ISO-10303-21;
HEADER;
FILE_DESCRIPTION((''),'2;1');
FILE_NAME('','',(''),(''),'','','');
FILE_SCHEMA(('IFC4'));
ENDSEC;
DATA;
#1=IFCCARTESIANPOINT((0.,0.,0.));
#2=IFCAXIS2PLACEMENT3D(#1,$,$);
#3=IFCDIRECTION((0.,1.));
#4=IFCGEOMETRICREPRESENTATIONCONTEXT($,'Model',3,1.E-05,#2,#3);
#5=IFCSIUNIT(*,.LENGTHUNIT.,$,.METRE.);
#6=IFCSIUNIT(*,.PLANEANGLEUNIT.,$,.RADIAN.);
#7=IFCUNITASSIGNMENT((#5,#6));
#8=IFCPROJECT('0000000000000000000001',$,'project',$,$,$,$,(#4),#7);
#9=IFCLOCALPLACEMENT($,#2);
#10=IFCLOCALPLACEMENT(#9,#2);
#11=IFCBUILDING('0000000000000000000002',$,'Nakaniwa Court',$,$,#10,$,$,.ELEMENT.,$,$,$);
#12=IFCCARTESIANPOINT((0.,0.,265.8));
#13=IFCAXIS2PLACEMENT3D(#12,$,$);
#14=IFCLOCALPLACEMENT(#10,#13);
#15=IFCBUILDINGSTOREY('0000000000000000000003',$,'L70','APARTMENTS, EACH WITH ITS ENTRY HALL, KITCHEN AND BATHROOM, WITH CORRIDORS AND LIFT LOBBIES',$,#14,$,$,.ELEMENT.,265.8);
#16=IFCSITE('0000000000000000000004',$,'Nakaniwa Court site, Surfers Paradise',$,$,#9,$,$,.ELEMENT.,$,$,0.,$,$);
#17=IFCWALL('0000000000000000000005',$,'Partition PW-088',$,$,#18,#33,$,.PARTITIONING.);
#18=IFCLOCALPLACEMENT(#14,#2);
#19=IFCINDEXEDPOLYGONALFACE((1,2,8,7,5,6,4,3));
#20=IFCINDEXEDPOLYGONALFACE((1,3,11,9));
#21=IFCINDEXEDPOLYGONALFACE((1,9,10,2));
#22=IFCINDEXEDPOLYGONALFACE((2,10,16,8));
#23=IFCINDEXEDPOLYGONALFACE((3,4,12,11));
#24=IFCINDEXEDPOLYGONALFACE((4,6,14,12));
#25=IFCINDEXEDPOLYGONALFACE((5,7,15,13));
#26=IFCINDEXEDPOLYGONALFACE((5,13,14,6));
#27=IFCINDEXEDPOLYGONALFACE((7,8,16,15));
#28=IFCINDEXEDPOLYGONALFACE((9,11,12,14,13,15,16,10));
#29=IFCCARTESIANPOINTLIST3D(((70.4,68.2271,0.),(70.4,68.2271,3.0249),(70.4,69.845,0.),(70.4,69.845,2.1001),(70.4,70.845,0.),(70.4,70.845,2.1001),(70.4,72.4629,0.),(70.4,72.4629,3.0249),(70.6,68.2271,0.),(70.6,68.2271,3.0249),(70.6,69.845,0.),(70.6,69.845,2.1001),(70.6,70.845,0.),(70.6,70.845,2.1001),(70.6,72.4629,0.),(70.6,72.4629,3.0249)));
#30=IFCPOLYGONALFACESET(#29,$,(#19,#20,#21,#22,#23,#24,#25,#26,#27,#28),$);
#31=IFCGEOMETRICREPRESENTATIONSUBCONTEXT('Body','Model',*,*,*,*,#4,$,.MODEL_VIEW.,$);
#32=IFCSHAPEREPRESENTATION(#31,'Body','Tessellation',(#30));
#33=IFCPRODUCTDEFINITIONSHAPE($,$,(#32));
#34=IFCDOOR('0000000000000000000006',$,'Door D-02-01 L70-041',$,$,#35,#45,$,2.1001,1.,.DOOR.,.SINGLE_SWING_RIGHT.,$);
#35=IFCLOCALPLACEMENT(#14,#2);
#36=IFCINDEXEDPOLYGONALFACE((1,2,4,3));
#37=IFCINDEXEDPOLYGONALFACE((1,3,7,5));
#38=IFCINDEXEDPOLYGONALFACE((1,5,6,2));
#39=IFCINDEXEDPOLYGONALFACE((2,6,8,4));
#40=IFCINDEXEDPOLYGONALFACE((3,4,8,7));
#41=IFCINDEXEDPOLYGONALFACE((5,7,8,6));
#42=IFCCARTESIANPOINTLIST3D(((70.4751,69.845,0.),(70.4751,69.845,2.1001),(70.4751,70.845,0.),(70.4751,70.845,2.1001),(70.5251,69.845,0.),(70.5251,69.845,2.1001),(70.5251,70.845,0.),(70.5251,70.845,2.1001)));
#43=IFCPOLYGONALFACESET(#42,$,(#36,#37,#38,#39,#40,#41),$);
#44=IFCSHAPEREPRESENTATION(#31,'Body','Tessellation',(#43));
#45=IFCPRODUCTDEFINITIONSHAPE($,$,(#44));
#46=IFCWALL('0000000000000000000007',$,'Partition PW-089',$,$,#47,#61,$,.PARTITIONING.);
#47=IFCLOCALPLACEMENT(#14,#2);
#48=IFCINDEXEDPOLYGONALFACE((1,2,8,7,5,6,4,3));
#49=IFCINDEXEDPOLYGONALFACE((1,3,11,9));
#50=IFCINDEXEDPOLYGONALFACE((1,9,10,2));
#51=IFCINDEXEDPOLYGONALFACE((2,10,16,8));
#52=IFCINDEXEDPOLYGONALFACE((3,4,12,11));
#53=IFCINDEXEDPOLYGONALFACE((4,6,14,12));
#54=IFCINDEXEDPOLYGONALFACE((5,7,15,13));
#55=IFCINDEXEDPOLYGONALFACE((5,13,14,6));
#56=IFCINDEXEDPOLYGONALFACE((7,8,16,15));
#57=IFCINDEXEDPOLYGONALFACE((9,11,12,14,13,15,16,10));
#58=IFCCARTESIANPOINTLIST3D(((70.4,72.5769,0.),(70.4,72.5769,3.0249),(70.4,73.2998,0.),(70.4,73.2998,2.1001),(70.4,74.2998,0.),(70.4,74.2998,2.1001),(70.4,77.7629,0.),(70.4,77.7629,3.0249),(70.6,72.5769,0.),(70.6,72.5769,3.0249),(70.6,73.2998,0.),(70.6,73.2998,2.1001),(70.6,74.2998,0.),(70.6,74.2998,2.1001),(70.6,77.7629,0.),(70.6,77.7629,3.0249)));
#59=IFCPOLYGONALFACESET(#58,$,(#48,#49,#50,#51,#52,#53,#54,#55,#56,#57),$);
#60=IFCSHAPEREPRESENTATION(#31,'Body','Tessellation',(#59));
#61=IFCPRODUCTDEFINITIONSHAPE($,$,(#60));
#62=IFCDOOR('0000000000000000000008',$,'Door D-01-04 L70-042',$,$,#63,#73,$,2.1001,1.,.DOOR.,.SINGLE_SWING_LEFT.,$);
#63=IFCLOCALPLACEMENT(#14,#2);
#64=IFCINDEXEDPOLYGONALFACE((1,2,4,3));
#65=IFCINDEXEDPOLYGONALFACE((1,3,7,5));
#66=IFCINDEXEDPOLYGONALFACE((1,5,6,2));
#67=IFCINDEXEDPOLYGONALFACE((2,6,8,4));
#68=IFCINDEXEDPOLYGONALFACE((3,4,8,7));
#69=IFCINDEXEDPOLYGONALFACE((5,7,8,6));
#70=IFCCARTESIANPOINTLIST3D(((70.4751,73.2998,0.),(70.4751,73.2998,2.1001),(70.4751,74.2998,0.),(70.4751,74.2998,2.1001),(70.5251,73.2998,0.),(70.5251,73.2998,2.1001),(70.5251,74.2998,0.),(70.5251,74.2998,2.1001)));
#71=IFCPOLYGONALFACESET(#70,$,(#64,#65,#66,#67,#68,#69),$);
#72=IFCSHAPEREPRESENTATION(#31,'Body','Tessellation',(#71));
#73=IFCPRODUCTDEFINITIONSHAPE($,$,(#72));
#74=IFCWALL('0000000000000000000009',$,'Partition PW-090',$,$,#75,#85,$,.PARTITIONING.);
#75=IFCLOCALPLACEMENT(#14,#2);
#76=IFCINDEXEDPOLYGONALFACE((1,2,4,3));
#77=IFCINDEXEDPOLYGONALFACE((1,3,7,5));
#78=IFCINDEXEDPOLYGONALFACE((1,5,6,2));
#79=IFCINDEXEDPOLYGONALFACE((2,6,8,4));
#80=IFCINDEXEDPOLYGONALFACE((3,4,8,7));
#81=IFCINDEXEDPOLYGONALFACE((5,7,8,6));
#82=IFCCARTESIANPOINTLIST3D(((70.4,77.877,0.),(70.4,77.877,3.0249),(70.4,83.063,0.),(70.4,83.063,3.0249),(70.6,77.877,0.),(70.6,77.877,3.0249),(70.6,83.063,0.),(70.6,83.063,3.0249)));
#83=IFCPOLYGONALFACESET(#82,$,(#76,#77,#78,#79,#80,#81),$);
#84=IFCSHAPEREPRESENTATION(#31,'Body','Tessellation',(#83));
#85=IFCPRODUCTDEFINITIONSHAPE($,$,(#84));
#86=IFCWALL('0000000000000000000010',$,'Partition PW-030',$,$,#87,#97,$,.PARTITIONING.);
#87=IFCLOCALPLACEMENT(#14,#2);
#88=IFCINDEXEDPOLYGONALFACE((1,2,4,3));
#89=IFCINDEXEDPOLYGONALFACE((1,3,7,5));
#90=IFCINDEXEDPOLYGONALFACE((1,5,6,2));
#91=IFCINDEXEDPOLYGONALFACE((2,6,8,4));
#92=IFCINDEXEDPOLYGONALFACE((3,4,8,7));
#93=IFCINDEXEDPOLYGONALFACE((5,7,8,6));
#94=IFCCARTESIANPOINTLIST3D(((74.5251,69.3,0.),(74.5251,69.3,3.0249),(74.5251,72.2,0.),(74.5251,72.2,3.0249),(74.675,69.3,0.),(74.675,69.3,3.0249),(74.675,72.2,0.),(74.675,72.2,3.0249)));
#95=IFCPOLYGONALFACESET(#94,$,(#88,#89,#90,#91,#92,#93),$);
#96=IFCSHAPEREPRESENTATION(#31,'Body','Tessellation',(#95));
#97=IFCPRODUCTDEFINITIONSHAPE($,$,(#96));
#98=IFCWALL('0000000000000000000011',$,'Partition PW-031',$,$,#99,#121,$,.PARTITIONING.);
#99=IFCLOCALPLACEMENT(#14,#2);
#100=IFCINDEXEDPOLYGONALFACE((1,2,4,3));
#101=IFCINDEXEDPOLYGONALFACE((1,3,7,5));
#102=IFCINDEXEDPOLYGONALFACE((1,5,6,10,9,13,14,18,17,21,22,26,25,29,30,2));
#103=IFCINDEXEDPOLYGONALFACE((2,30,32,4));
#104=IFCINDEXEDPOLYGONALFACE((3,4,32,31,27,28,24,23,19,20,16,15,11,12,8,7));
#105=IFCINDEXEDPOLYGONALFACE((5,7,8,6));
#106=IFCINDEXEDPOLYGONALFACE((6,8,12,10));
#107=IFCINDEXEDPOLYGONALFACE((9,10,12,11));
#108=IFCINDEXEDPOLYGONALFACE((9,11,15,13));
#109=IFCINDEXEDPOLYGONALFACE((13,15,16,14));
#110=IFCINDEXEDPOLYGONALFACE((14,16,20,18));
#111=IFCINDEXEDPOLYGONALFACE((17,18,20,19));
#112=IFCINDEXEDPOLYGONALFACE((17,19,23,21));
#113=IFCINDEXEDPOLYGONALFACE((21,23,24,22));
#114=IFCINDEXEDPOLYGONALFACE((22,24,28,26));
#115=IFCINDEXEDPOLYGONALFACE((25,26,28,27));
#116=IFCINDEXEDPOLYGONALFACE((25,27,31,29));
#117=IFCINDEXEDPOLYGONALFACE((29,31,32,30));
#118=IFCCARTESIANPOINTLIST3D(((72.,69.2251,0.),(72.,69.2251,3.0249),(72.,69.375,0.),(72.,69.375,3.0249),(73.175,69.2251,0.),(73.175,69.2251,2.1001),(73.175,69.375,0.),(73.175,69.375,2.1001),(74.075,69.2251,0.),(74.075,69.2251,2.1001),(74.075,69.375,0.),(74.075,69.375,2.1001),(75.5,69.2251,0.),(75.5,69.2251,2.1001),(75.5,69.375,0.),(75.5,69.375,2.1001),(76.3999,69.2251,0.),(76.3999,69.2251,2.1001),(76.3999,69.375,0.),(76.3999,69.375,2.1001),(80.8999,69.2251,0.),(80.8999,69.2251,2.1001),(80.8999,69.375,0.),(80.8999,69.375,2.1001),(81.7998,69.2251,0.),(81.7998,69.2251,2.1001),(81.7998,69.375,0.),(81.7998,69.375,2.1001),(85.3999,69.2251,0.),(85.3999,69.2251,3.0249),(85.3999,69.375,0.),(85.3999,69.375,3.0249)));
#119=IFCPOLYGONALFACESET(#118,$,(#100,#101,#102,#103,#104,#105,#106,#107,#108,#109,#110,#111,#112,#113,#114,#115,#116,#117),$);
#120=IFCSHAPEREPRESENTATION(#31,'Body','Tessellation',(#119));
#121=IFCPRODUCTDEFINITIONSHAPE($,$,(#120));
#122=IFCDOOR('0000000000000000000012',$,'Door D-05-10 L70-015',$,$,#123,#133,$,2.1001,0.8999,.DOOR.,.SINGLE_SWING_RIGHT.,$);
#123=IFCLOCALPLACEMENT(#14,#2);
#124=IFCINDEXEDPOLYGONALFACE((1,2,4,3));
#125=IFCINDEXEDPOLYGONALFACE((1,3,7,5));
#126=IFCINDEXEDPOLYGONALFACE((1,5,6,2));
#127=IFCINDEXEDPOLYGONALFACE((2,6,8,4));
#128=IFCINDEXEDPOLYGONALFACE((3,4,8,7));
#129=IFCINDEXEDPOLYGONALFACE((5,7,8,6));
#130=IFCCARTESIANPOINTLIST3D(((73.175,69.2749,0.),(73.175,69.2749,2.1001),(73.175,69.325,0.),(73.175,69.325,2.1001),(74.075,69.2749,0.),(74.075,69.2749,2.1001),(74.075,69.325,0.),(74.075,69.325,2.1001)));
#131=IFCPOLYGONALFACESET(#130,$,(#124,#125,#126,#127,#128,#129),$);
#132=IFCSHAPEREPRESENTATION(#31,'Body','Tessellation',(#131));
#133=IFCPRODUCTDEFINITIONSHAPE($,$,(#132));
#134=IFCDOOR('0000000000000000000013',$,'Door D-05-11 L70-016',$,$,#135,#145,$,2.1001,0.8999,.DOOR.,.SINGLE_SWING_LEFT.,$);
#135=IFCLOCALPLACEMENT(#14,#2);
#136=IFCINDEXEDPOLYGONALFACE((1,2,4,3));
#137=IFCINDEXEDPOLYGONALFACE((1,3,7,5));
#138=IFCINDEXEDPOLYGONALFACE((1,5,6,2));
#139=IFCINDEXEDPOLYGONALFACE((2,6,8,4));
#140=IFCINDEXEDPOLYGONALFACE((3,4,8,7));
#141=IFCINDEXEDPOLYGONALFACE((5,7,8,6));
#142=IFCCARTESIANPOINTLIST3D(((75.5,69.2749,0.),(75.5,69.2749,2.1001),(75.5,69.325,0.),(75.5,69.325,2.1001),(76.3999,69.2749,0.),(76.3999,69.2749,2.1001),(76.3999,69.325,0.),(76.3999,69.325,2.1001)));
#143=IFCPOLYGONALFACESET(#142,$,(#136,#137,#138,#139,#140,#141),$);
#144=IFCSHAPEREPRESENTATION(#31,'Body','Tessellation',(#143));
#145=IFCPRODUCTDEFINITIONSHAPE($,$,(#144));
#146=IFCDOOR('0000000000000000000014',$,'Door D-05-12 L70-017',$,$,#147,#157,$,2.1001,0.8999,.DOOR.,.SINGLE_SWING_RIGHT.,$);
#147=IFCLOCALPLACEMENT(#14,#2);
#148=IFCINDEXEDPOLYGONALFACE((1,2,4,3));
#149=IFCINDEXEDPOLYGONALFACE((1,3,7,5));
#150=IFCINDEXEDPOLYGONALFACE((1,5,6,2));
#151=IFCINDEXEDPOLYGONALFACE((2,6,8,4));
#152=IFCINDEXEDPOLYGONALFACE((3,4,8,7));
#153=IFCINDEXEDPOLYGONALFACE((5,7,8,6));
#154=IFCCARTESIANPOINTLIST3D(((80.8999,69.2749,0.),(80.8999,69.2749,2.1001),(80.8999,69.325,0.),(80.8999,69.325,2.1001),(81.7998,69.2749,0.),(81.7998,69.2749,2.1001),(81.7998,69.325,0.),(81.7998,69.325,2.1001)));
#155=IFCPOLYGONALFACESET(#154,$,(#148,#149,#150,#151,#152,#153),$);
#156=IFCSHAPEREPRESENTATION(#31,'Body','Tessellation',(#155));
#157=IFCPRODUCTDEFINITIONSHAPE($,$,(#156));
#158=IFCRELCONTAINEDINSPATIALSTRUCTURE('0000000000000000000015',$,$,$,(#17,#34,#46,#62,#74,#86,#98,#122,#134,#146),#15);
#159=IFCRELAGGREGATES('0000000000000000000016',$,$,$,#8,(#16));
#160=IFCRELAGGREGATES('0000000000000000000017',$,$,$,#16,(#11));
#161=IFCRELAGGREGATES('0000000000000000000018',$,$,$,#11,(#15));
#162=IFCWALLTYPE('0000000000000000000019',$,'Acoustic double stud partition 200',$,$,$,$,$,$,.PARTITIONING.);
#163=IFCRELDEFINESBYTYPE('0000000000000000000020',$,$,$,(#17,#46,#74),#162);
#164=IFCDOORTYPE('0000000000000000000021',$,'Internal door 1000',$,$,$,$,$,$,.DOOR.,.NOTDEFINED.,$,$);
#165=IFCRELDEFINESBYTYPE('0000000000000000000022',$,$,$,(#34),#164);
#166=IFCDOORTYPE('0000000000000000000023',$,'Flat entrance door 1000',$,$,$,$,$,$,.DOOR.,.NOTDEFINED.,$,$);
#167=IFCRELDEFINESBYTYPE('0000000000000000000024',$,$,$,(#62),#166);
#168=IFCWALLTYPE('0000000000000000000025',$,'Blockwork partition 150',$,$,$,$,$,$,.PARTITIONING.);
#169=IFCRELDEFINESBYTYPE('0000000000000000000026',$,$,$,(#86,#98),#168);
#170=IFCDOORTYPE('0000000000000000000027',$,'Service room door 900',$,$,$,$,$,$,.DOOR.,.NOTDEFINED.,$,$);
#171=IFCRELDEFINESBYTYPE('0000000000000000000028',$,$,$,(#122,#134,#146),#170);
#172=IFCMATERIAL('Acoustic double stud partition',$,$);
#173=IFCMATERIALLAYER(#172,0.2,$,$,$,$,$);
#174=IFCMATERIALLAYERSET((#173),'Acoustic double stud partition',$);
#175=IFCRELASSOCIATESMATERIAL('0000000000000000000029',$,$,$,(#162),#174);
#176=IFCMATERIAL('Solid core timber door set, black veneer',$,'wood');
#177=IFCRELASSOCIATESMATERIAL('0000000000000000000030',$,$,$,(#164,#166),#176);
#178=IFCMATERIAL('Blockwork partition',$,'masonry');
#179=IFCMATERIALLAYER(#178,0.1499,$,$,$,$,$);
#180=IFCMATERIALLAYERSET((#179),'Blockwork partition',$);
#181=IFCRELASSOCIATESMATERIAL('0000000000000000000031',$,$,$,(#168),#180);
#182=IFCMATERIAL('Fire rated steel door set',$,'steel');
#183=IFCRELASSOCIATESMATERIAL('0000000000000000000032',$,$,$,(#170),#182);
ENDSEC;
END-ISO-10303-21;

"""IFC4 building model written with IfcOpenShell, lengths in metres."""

from ifc_helpers import new_model, si_unit, direction, frame, frame_2d, origin, place, context, subcontext, project, spatial, rectangle, extrude, material, layer, layer_set, type_object, element, fill, save


model = new_model("IFC4")

# Units and contexts
model_context = context("Model", 3, precision=1e-05, world=origin(), true_north=direction((0.0, 1.0)))
body_context = subcontext(model_context, "Body", "Model", "MODEL_VIEW")
ifc_project = project(units=[si_unit("LENGTHUNIT", "METRE"), si_unit("PLANEANGLEUNIT", "RADIAN")], contexts=[model_context])

# Site, building, storey
site_placement = place(None, origin())
site = spatial("IfcSite", under=ifc_project, at=site_placement, Name="Nakaniwa Court site, Surfers Paradise", CompositionType="ELEMENT", RefElevation=0.0)
building_placement = place(site_placement, origin())
building = spatial("IfcBuilding", under=site, at=building_placement, Name="Nakaniwa Court", CompositionType="ELEMENT")
storey_placement = place(building_placement, frame((0.0, 0.0, 265.8)))
storey = spatial("IfcBuildingStorey", under=building, at=storey_placement, Name="L70", Description="APARTMENTS, EACH WITH ITS ENTRY HALL, KITCHEN AND BATHROOM, WITH CORRIDORS AND LIFT LOBBIES", CompositionType="ELEMENT", Elevation=265.8)

# Shared definitions
ifc_material_1 = material(Name="Acoustic double stud partition")
ifc_layer_1 = layer(ifc_material_1, 0.2)
ifc_layer_set_1 = layer_set([ifc_layer_1], Name="Acoustic double stud partition")
wall_type_1 = type_object("IfcWallType", Name="Acoustic double stud partition 200", PredefinedType="PARTITIONING", material=ifc_layer_set_1)

# Walls, openings, doors
wall_1_placement = place(storey_placement, frame((70.5, 68.2271, 0.0), z_axis=(0.0, 0.0, 1.0), x_axis=(0.0, 1.0, 0.0)))
wall_1 = element("IfcWall", 1, at=wall_1_placement, inside=storey, type_object=wall_type_1, Name="Partition PW-088", PredefinedType="PARTITIONING", context=body_context, shape_type="SweptSolid", body=[
    extrude(rectangle(XDim=4.2358, YDim=0.2, at=frame_2d((2.1179, 0.0))), origin(), (0.0, 0.0, 1.0), 3.0249),
])
opening_1_placement = place(wall_1_placement, frame((1.6179, 0.0, 0.0)))
opening_1 = element("IfcOpeningElement", 2, at=opening_1_placement, cuts=wall_1, PredefinedType="OPENING", context=body_context, shape_type="SweptSolid", body=[
    extrude(rectangle(XDim=1.0, YDim=2.1001, at=frame_2d((0.5, 1.05))), frame((0.0, 0.1099, 0.0), z_axis=(0.0, -1.0, 0.0), x_axis=(1.0, 0.0, 0.0)), (0.0, 0.0, 1.0), 0.22),
])
ifc_material_2 = material(Name="Solid core timber door set, black veneer", Category="wood")
door_type_1 = type_object("IfcDoorType", Name="Internal door 1000", OperationType="NOTDEFINED", PredefinedType="DOOR", material=ifc_material_2)
door_1_placement = place(opening_1_placement, origin())
door_1 = element("IfcDoor", 3, at=door_1_placement, inside=storey, type_object=door_type_1, Name="Door D-02-01 L70-041", OperationType="SINGLE_SWING_RIGHT", OverallHeight=2.1001, OverallWidth=1.0, PredefinedType="DOOR", context=body_context, shape_type="SweptSolid", body=[
    extrude(rectangle(XDim=1.0, YDim=2.1001, at=frame_2d((0.5, 1.05))), frame((0.0, 0.0249, 0.0), z_axis=(0.0, -1.0, 0.0), x_axis=(1.0, 0.0, 0.0)), (0.0, 0.0, 1.0), 0.05),
])
fill(opening_1, door_1)
wall_2_placement = place(storey_placement, frame((70.5, 72.5769, 0.0), z_axis=(0.0, 0.0, 1.0), x_axis=(0.0, 1.0, 0.0)))
wall_2 = element("IfcWall", 4, at=wall_2_placement, inside=storey, type_object=wall_type_1, Name="Partition PW-089", PredefinedType="PARTITIONING", context=body_context, shape_type="SweptSolid", body=[
    extrude(rectangle(XDim=5.186, YDim=0.2, at=frame_2d((2.593, 0.0))), origin(), (0.0, 0.0, 1.0), 3.0249),
])
opening_2_placement = place(wall_2_placement, frame((0.7229, 0.0, 0.0)))
opening_2 = element("IfcOpeningElement", 5, at=opening_2_placement, cuts=wall_2, PredefinedType="OPENING", context=body_context, shape_type="SweptSolid", body=[
    extrude(rectangle(XDim=1.0, YDim=2.1001, at=frame_2d((0.5, 1.05))), frame((0.0, 0.1099, 0.0), z_axis=(0.0, -1.0, 0.0), x_axis=(1.0, 0.0, 0.0)), (0.0, 0.0, 1.0), 0.22),
])
door_type_2 = type_object("IfcDoorType", Name="Flat entrance door 1000", OperationType="NOTDEFINED", PredefinedType="DOOR", material=ifc_material_2)
door_2_placement = place(opening_2_placement, origin())
door_2 = element("IfcDoor", 6, at=door_2_placement, inside=storey, type_object=door_type_2, Name="Door D-01-04 L70-042", OperationType="SINGLE_SWING_LEFT", OverallHeight=2.1001, OverallWidth=1.0, PredefinedType="DOOR", context=body_context, shape_type="SweptSolid", body=[
    extrude(rectangle(XDim=1.0, YDim=2.1001, at=frame_2d((0.5, 1.05))), frame((0.0, 0.0249, 0.0), z_axis=(0.0, -1.0, 0.0), x_axis=(1.0, 0.0, 0.0)), (0.0, 0.0, 1.0), 0.05),
])
fill(opening_2, door_2)

# Walls
wall_3_placement = place(storey_placement, frame((70.5, 77.877, 0.0), z_axis=(0.0, 0.0, 1.0), x_axis=(0.0, 1.0, 0.0)))
element("IfcWall", 7, at=wall_3_placement, inside=storey, type_object=wall_type_1, Name="Partition PW-090", PredefinedType="PARTITIONING", context=body_context, shape_type="SweptSolid", body=[
    extrude(rectangle(XDim=5.186, YDim=0.2, at=frame_2d((2.593, 0.0))), origin(), (0.0, 0.0, 1.0), 3.0249),
])
ifc_material_3 = material(Name="Blockwork partition", Category="masonry")
ifc_layer_2 = layer(ifc_material_3, 0.1499)
ifc_layer_set_2 = layer_set([ifc_layer_2], Name="Blockwork partition")
wall_type_2 = type_object("IfcWallType", Name="Blockwork partition 150", PredefinedType="PARTITIONING", material=ifc_layer_set_2)
wall_4_placement = place(storey_placement, frame((74.6001, 69.3, 0.0), z_axis=(0.0, 0.0, 1.0), x_axis=(0.0, 1.0, 0.0)))
element("IfcWall", 8, at=wall_4_placement, inside=storey, type_object=wall_type_2, Name="Partition PW-030", PredefinedType="PARTITIONING", context=body_context, shape_type="SweptSolid", body=[
    extrude(rectangle(XDim=2.8999, YDim=0.1499, at=frame_2d((1.45, 0.0))), origin(), (0.0, 0.0, 1.0), 3.0249),
])

# Wall, openings, doors
wall_5_placement = place(storey_placement, frame((72.0, 69.3, 0.0), z_axis=(0.0, 0.0, 1.0), x_axis=(1.0, 0.0, 0.0)))
wall_5 = element("IfcWall", 9, at=wall_5_placement, inside=storey, type_object=wall_type_2, Name="Partition PW-031", PredefinedType="PARTITIONING", context=body_context, shape_type="SweptSolid", body=[
    extrude(rectangle(XDim=13.3999, YDim=0.1499, at=frame_2d((6.7, 0.0))), origin(), (0.0, 0.0, 1.0), 3.0249),
])
opening_3_placement = place(wall_5_placement, frame((1.175, 0.0, 0.0)))
opening_3 = element("IfcOpeningElement", 10, at=opening_3_placement, cuts=wall_5, PredefinedType="OPENING", context=body_context, shape_type="SweptSolid", body=[
    extrude(rectangle(XDim=0.8999, YDim=2.1001, at=frame_2d((0.45, 1.05))), frame((0.0, 0.085, 0.0), z_axis=(0.0, -1.0, 0.0), x_axis=(1.0, 0.0, 0.0)), (0.0, 0.0, 1.0), 0.1699),
])
opening_4_placement = place(wall_5_placement, frame((3.5, 0.0, 0.0)))
opening_4 = element("IfcOpeningElement", 11, at=opening_4_placement, cuts=wall_5, PredefinedType="OPENING", context=body_context, shape_type="SweptSolid", body=[
    extrude(rectangle(XDim=0.8999, YDim=2.1001, at=frame_2d((0.45, 1.05))), frame((0.0, 0.085, 0.0), z_axis=(0.0, -1.0, 0.0), x_axis=(1.0, 0.0, 0.0)), (0.0, 0.0, 1.0), 0.1699),
])
opening_5_placement = place(wall_5_placement, frame((8.8999, 0.0, 0.0)))
opening_5 = element("IfcOpeningElement", 12, at=opening_5_placement, cuts=wall_5, PredefinedType="OPENING", context=body_context, shape_type="SweptSolid", body=[
    extrude(rectangle(XDim=0.8999, YDim=2.1001, at=frame_2d((0.45, 1.05))), frame((0.0, 0.085, 0.0), z_axis=(0.0, -1.0, 0.0), x_axis=(1.0, 0.0, 0.0)), (0.0, 0.0, 1.0), 0.1699),
])
ifc_material_4 = material(Name="Fire rated steel door set", Category="steel")
door_type_3 = type_object("IfcDoorType", Name="Service room door 900", OperationType="NOTDEFINED", PredefinedType="DOOR", material=ifc_material_4)
door_3_placement = place(opening_3_placement, origin())
door_3 = element("IfcDoor", 13, at=door_3_placement, inside=storey, type_object=door_type_3, Name="Door D-05-10 L70-015", OperationType="SINGLE_SWING_RIGHT", OverallHeight=2.1001, OverallWidth=0.8999, PredefinedType="DOOR", context=body_context, shape_type="SweptSolid", body=[
    extrude(rectangle(XDim=0.8999, YDim=2.1001, at=frame_2d((0.45, 1.05))), frame((0.0, 0.0249, 0.0), z_axis=(0.0, -1.0, 0.0), x_axis=(1.0, 0.0, 0.0)), (0.0, 0.0, 1.0), 0.05),
])
fill(opening_3, door_3)
door_4_placement = place(opening_4_placement, origin())
door_4 = element("IfcDoor", 14, at=door_4_placement, inside=storey, type_object=door_type_3, Name="Door D-05-11 L70-016", OperationType="SINGLE_SWING_LEFT", OverallHeight=2.1001, OverallWidth=0.8999, PredefinedType="DOOR", context=body_context, shape_type="SweptSolid", body=[
    extrude(rectangle(XDim=0.8999, YDim=2.1001, at=frame_2d((0.45, 1.05))), frame((0.0, 0.0249, 0.0), z_axis=(0.0, -1.0, 0.0), x_axis=(1.0, 0.0, 0.0)), (0.0, 0.0, 1.0), 0.05),
])
fill(opening_4, door_4)
door_5_placement = place(opening_5_placement, origin())
door_5 = element("IfcDoor", 15, at=door_5_placement, inside=storey, type_object=door_type_3, Name="Door D-05-12 L70-017", OperationType="SINGLE_SWING_RIGHT", OverallHeight=2.1001, OverallWidth=0.8999, PredefinedType="DOOR", context=body_context, shape_type="SweptSolid", body=[
    extrude(rectangle(XDim=0.8999, YDim=2.1001, at=frame_2d((0.45, 1.05))), frame((0.0, 0.0249, 0.0), z_axis=(0.0, -1.0, 0.0), x_axis=(1.0, 0.0, 0.0)), (0.0, 0.0, 1.0), 0.05),
])
fill(opening_5, door_5)

save(model, "model.ifc")
